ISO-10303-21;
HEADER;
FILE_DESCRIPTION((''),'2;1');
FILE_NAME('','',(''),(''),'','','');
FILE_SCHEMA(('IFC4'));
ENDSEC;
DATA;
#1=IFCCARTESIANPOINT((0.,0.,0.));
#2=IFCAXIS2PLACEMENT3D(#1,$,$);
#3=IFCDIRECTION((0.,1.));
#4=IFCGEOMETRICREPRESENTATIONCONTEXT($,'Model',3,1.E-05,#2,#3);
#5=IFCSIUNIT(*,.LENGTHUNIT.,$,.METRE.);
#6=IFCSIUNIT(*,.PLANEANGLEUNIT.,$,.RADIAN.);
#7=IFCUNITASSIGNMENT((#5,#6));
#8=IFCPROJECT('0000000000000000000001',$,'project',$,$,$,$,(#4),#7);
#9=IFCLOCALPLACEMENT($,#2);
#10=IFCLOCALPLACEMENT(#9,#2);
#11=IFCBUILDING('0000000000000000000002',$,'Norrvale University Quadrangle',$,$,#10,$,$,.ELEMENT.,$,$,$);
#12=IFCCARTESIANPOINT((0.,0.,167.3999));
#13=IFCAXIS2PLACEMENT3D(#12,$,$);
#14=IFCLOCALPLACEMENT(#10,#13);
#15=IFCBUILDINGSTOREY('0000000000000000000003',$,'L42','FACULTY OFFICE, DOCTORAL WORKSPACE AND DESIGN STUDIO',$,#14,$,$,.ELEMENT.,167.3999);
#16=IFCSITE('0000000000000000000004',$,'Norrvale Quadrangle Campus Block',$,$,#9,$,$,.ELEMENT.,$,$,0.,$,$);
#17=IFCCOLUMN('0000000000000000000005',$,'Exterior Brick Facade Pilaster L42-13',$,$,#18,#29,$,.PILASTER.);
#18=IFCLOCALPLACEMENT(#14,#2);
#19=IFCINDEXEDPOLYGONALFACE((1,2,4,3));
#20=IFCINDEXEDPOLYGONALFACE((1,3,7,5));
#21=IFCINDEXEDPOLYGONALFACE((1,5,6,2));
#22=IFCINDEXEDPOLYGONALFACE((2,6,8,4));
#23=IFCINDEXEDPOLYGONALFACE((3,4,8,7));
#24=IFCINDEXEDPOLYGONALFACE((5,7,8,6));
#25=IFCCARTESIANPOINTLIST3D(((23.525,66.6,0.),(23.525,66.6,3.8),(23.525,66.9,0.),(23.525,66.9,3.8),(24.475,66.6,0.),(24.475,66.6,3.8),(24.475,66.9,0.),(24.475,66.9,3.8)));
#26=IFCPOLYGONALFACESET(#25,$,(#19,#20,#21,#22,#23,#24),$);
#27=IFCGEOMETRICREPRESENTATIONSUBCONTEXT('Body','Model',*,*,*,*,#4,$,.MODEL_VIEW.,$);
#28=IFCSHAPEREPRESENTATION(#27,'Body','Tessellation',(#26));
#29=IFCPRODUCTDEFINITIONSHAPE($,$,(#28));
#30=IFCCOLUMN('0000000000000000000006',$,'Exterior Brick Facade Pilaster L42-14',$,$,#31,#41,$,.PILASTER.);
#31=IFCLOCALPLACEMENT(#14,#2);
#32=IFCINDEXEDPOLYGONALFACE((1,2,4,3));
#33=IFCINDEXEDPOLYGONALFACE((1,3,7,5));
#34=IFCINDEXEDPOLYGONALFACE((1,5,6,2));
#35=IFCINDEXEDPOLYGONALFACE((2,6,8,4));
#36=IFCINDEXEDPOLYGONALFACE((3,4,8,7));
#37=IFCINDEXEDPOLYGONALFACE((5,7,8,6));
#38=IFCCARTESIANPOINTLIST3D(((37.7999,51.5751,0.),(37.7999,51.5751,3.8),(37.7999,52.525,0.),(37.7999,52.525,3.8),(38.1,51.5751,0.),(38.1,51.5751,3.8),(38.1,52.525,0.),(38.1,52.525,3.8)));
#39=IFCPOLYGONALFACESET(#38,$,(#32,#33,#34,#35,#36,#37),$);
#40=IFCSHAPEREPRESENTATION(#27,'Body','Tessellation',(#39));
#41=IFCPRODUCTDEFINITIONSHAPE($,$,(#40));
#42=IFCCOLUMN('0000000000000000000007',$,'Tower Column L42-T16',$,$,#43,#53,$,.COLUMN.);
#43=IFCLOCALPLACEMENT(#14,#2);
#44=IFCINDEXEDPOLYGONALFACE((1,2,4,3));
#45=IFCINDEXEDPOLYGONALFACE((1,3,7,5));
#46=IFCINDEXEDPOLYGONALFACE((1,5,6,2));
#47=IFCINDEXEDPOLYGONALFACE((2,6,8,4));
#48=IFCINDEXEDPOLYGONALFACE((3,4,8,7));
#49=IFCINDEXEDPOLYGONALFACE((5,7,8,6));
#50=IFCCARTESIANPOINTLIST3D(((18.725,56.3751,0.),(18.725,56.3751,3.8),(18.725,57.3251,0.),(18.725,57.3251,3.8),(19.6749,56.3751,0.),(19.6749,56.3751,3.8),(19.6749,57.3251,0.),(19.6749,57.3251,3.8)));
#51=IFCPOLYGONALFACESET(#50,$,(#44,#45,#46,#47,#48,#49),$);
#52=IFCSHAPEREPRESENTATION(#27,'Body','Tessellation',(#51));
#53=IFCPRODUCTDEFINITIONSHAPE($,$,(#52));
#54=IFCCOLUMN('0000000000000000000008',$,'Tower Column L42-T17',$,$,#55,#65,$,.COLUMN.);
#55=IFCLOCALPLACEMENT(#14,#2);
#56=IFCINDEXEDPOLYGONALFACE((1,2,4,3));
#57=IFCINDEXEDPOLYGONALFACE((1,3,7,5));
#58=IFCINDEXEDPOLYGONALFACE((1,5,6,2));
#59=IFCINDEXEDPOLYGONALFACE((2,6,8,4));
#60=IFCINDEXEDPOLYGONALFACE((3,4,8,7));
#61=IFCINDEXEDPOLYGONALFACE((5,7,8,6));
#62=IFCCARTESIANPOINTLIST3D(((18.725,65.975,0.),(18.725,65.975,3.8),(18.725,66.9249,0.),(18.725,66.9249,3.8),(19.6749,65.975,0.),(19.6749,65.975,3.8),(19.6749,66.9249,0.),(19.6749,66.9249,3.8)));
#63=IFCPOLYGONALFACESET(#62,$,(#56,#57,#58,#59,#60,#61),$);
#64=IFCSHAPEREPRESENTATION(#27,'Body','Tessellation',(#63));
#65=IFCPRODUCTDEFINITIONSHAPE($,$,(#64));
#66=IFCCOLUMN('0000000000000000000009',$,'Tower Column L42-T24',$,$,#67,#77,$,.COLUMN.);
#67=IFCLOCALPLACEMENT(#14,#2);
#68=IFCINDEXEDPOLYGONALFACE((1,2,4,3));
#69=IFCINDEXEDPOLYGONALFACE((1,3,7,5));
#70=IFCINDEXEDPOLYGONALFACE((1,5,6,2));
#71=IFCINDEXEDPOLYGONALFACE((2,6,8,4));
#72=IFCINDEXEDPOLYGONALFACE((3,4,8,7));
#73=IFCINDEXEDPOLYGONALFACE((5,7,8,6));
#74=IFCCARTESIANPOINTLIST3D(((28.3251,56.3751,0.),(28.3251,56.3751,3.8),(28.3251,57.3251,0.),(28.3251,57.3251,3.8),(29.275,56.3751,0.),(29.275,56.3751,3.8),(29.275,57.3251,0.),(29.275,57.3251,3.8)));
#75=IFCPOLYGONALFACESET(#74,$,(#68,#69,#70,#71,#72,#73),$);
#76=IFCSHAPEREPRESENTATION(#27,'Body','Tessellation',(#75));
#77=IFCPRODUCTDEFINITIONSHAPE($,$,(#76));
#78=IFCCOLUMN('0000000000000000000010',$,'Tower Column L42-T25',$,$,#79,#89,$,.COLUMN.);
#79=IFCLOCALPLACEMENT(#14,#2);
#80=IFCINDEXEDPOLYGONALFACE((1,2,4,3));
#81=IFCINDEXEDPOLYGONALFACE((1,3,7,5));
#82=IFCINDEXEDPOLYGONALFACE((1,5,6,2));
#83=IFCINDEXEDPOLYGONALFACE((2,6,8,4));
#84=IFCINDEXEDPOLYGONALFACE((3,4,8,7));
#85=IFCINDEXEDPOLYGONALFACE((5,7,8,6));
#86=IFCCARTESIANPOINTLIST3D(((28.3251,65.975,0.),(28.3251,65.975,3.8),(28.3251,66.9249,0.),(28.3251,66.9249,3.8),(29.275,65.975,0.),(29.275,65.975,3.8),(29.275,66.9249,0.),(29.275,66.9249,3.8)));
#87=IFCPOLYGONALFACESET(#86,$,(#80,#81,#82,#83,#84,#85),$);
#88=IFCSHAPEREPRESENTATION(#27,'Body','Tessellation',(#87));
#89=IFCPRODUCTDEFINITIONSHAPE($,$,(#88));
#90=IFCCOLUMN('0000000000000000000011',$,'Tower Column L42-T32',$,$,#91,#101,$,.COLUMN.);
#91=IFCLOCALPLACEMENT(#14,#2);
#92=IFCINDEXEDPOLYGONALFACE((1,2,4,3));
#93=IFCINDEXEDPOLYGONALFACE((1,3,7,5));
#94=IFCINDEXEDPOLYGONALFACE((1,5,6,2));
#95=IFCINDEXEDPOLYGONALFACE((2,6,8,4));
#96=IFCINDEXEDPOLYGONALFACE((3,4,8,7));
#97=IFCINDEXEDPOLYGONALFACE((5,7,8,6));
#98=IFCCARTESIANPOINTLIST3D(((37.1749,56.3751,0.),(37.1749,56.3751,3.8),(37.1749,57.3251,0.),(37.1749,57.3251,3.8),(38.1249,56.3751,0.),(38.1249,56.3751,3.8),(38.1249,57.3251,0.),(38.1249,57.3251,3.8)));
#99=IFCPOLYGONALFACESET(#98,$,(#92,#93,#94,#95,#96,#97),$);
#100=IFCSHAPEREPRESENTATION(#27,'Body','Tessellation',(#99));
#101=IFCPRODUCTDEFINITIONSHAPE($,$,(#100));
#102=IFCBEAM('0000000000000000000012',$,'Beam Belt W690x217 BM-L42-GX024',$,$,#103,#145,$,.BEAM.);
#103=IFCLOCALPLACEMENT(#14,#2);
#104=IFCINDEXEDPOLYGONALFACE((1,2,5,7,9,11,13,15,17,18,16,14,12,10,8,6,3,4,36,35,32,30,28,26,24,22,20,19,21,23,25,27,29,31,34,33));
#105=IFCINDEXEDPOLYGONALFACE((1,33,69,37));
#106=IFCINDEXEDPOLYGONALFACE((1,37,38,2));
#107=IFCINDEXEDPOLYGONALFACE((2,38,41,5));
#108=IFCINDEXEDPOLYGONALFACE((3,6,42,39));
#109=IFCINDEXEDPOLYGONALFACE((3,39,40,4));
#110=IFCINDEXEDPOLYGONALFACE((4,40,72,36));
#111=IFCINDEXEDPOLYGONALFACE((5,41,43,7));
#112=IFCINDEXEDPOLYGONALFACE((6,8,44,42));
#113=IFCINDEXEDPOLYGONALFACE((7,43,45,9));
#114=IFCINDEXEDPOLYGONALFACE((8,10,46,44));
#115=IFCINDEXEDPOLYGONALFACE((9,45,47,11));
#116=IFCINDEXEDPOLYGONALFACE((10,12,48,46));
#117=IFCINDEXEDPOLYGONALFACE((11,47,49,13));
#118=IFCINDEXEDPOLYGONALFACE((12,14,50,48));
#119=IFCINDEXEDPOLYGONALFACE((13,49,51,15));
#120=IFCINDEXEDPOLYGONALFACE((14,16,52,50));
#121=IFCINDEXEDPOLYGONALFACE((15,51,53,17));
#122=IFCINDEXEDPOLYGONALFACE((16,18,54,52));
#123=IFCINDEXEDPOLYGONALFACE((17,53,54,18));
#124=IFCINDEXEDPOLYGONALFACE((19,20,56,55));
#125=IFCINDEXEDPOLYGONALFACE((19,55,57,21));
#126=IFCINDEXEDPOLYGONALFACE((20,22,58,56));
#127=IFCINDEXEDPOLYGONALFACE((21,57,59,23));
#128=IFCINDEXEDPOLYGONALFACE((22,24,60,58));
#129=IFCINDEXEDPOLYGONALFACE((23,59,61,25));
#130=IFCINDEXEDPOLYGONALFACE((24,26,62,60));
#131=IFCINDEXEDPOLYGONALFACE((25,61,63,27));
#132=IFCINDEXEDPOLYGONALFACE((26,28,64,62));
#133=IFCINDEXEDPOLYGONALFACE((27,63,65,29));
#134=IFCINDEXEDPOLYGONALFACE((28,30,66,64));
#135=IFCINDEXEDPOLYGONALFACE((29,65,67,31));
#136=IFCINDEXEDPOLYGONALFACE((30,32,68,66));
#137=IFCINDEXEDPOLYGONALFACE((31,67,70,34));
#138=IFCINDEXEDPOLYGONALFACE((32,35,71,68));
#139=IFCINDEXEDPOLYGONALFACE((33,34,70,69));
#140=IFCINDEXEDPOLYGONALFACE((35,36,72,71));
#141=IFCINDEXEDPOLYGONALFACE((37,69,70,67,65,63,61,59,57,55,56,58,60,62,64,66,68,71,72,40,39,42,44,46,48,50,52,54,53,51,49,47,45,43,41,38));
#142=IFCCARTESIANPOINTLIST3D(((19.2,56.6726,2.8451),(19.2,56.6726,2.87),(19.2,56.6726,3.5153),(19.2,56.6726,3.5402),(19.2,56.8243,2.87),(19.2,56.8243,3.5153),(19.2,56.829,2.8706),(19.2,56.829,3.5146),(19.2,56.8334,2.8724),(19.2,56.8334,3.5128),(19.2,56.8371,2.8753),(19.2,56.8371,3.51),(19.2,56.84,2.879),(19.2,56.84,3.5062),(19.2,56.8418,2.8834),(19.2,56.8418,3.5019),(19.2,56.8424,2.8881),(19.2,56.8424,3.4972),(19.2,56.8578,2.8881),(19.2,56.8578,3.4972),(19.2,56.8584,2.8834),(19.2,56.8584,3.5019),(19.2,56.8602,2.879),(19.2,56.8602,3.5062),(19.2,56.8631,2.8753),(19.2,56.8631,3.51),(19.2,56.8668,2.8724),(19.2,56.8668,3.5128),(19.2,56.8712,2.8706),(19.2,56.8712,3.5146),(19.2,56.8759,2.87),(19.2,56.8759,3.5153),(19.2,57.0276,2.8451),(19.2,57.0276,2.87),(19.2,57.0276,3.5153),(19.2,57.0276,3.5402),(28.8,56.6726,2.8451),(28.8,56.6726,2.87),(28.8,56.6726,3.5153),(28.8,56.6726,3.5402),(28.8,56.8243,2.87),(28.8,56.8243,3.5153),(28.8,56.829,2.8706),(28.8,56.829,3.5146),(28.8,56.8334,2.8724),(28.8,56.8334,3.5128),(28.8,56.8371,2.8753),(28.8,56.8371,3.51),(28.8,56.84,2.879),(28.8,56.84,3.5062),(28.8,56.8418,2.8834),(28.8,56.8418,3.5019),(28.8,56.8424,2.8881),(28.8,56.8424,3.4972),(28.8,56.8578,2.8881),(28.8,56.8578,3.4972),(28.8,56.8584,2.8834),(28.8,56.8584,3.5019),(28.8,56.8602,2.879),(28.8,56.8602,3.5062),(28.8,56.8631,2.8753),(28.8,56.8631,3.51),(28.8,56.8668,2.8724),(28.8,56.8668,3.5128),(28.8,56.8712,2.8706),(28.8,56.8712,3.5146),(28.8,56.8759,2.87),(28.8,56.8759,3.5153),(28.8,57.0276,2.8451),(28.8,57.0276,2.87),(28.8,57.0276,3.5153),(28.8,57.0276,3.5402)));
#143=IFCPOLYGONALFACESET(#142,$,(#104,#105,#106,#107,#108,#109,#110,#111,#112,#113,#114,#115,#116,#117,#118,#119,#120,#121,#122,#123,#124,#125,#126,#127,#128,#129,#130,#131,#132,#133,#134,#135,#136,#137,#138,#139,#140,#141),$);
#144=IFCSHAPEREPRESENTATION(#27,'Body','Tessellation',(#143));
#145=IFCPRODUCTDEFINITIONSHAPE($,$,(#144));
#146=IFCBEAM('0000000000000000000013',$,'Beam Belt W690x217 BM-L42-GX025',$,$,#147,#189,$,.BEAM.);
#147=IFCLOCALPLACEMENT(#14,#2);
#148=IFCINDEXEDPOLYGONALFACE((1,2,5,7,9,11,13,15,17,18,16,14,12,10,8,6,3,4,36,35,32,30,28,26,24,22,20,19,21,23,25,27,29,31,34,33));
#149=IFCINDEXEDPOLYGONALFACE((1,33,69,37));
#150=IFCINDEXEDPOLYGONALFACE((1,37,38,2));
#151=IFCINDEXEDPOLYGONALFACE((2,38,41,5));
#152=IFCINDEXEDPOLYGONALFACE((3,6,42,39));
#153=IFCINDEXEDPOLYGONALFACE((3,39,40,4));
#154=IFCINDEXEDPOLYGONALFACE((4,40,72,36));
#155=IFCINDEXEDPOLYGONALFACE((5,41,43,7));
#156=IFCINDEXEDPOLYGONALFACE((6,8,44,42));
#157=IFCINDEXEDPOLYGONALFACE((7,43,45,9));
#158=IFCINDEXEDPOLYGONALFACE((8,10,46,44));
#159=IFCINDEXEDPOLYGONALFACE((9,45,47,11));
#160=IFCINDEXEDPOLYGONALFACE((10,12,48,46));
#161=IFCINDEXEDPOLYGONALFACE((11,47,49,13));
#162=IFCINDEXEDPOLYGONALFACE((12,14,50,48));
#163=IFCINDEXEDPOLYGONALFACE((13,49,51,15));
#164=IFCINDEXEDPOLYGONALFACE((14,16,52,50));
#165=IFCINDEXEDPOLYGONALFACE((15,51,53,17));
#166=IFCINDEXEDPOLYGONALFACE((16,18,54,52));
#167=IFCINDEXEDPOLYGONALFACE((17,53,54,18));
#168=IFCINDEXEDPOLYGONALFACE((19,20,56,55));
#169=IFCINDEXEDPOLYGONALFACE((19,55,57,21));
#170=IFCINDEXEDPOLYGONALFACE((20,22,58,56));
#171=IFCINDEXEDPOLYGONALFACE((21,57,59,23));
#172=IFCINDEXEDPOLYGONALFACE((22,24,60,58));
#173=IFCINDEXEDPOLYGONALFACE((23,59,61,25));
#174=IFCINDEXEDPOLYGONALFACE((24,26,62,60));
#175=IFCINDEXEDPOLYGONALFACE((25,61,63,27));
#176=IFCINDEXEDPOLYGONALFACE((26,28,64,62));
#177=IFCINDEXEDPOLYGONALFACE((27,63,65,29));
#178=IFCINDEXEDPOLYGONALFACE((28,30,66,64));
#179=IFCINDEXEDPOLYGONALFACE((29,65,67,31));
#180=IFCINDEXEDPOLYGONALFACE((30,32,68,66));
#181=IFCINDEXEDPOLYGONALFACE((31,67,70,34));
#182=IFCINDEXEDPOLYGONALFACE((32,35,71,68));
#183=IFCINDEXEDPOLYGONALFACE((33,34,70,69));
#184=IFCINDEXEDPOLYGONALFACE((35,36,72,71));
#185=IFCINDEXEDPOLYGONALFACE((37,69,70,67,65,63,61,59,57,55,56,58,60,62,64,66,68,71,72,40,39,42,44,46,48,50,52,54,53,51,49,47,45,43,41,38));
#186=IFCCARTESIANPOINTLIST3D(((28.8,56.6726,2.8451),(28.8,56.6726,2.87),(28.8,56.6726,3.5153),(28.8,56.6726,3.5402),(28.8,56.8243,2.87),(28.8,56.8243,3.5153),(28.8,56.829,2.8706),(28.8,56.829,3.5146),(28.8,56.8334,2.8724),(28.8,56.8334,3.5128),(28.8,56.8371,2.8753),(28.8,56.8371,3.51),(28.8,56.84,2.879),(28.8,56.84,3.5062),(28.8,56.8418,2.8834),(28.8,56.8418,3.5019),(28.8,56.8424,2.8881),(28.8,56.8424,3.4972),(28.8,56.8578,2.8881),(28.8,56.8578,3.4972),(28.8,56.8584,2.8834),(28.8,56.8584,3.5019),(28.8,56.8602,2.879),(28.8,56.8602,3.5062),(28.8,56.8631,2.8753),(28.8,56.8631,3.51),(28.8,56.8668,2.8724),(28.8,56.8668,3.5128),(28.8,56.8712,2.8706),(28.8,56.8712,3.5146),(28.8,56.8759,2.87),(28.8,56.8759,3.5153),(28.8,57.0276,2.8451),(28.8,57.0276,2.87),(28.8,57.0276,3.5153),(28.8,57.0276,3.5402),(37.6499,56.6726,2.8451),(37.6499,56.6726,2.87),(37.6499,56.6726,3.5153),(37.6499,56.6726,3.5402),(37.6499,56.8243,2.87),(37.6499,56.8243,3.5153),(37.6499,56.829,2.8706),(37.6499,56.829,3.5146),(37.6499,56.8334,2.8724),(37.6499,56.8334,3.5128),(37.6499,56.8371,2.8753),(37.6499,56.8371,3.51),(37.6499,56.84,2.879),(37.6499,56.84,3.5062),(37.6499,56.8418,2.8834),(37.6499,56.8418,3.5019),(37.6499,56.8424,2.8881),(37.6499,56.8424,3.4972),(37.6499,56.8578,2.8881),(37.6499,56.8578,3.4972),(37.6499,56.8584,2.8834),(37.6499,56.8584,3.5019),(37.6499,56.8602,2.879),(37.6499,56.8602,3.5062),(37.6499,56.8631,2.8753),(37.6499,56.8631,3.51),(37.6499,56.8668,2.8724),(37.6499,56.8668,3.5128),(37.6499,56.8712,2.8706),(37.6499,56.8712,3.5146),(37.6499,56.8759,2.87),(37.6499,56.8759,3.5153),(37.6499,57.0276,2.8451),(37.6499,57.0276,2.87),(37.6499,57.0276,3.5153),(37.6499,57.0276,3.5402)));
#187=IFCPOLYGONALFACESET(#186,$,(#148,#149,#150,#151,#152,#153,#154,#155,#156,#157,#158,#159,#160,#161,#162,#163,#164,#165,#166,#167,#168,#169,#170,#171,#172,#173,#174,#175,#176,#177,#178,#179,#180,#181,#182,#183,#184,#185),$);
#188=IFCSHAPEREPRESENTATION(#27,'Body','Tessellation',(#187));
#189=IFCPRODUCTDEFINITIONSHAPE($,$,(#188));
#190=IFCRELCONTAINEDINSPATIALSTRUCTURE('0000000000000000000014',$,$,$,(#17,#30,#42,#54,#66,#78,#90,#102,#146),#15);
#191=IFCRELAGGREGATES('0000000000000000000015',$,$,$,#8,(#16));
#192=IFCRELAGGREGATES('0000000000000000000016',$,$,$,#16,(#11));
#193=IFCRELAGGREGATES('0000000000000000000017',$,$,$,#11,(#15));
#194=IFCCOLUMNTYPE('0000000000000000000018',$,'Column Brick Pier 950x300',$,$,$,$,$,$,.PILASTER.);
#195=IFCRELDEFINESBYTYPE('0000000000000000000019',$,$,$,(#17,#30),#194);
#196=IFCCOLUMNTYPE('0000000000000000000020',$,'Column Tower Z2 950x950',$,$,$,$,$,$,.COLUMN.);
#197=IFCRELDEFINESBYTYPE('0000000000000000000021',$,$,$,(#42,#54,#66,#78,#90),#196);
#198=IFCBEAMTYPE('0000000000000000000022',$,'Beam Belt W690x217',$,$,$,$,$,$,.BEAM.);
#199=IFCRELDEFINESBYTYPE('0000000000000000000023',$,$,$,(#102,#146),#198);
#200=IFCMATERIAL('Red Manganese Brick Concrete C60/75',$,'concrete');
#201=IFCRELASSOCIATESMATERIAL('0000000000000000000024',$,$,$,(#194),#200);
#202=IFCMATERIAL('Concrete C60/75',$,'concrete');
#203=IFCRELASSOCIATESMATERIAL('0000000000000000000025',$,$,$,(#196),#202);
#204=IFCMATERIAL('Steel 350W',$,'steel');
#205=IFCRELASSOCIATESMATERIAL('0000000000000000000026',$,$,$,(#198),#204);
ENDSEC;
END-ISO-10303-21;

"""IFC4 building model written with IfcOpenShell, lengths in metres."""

from ifc_helpers import new_model, si_unit, direction, frame, origin, origin_2d, place, context, subcontext, project, spatial, rectangle, i_section, extrude, material, material_profile, profile_set, type_object, element, save


model = new_model("IFC4")

# Units and contexts
model_context = context("Model", 3, precision=1e-05, world=origin(), true_north=direction((0.0, 1.0)))
body_context = subcontext(model_context, "Body", "Model", "MODEL_VIEW")
ifc_project = project(units=[si_unit("LENGTHUNIT", "METRE"), si_unit("PLANEANGLEUNIT", "RADIAN")], contexts=[model_context])

# Site, building, storey
site_placement = place(None, origin())
site = spatial("IfcSite", under=ifc_project, at=site_placement, Name="Norrvale Quadrangle Campus Block", CompositionType="ELEMENT", RefElevation=0.0)
building_placement = place(site_placement, origin())
building = spatial("IfcBuilding", under=site, at=building_placement, Name="Norrvale University Quadrangle", CompositionType="ELEMENT")
storey_placement = place(building_placement, frame((0.0, 0.0, 167.3999)))
storey = spatial("IfcBuildingStorey", under=building, at=storey_placement, Name="L42", Description="FACULTY OFFICE, DOCTORAL WORKSPACE AND DESIGN STUDIO", CompositionType="ELEMENT", Elevation=167.3999)

# Columns
ifc_material_1 = material(Name="Red Manganese Brick Concrete C60/75", Category="concrete")
ifc_material_profile_1 = material_profile(ifc_material_1, rectangle(XDim=0.95, YDim=0.3, at=origin_2d()), Name="Red Manganese Brick Concrete C60/75")
ifc_profile_set_1 = profile_set([ifc_material_profile_1], Name="Red Manganese Brick Concrete C60/75")
column_type_1 = type_object("IfcColumnType", Name="Column Brick Pier 950x300", PredefinedType="PILASTER", material=ifc_profile_set_1)
for number, where, z_axis, x_axis, name in (
    (1, (24.0, 66.75, 0.0), (0.0, 0.0, 1.0), (1.0, 0.0, 0.0), "Exterior Brick Facade Pilaster L42-13"),
    (2, (37.95, 52.05, 0.0), (0.0, 0.0, 1.0), (0.0, 1.0, 0.0), "Exterior Brick Facade Pilaster L42-14"),
):
    element("IfcColumn", number, at=place(storey_placement, frame(where, z_axis=z_axis, x_axis=x_axis)), inside=storey, type_object=column_type_1, Name=name, PredefinedType="PILASTER", context=body_context, shape_type="SweptSolid", body=[
        extrude(rectangle(XDim=0.95, YDim=0.3, at=origin_2d()), origin(), (0.0, 0.0, 1.0), 3.8),
    ])
ifc_material_2 = material(Name="Concrete C60/75", Category="concrete")
ifc_material_profile_2 = material_profile(ifc_material_2, rectangle(XDim=0.95, YDim=0.95, at=origin_2d()), Name="Concrete C60/75")
ifc_profile_set_2 = profile_set([ifc_material_profile_2], Name="Concrete C60/75")
column_type_2 = type_object("IfcColumnType", Name="Column Tower Z2 950x950", PredefinedType="COLUMN", material=ifc_profile_set_2)
for number, where, z_axis, x_axis, name in (
    (3, (19.2, 56.8501, 0.0), (0.0, 0.0, 1.0), (1.0, 0.0, 0.0), "Tower Column L42-T16"),
    (4, (19.2, 66.45, 0.0), (0.0, 0.0, 1.0), (1.0, 0.0, 0.0), "Tower Column L42-T17"),
    (5, (28.8, 56.8501, 0.0), (0.0, 0.0, 1.0), (1.0, 0.0, 0.0), "Tower Column L42-T24"),
    (6, (28.8, 66.45, 0.0), (0.0, 0.0, 1.0), (1.0, 0.0, 0.0), "Tower Column L42-T25"),
    (7, (37.6499, 56.8501, 0.0), (0.0, 0.0, 1.0), (1.0, 0.0, 0.0), "Tower Column L42-T32"),
):
    element("IfcColumn", number, at=place(storey_placement, frame(where, z_axis=z_axis, x_axis=x_axis)), inside=storey, type_object=column_type_2, Name=name, PredefinedType="COLUMN", context=body_context, shape_type="SweptSolid", body=[
        extrude(rectangle(XDim=0.95, YDim=0.95, at=origin_2d()), origin(), (0.0, 0.0, 1.0), 3.8),
    ])

# Beams
ifc_material_3 = material(Name="Steel 350W", Category="steel")
ifc_material_profile_3 = material_profile(ifc_material_3, i_section(OverallWidth=0.355, OverallDepth=0.6951, WebThickness=0.0154, FlangeThickness=0.0249, FilletRadius=0.0181, at=origin_2d()), Name="Steel 350W")
ifc_profile_set_3 = profile_set([ifc_material_profile_3], Name="Steel 350W")
beam_type_1 = type_object("IfcBeamType", Name="Beam Belt W690x217", PredefinedType="BEAM", material=ifc_profile_set_3)
beam_1_placement = place(storey_placement, frame((19.2, 56.8501, 3.1926), z_axis=(1.0, 0.0, 0.0), x_axis=(0.0, 1.0, 0.0)))
element("IfcBeam", 8, at=beam_1_placement, inside=storey, type_object=beam_type_1, Name="Beam Belt W690x217 BM-L42-GX024", PredefinedType="BEAM", context=body_context, shape_type="SweptSolid", body=[
    extrude(i_section(OverallWidth=0.355, OverallDepth=0.6951, WebThickness=0.0154, FlangeThickness=0.0249, FilletRadius=0.0181, at=origin_2d()), origin(), (0.0, 0.0, 1.0), 9.6001),
])
beam_2_placement = place(storey_placement, frame((28.8, 56.8501, 3.1926), z_axis=(1.0, 0.0, 0.0), x_axis=(0.0, 1.0, 0.0)))
element("IfcBeam", 9, at=beam_2_placement, inside=storey, type_object=beam_type_1, Name="Beam Belt W690x217 BM-L42-GX025", PredefinedType="BEAM", context=body_context, shape_type="SweptSolid", body=[
    extrude(i_section(OverallWidth=0.355, OverallDepth=0.6951, WebThickness=0.0154, FlangeThickness=0.0249, FilletRadius=0.0181, at=origin_2d()), origin(), (0.0, 0.0, 1.0), 8.8499),
])

save(model, "model.ifc")
